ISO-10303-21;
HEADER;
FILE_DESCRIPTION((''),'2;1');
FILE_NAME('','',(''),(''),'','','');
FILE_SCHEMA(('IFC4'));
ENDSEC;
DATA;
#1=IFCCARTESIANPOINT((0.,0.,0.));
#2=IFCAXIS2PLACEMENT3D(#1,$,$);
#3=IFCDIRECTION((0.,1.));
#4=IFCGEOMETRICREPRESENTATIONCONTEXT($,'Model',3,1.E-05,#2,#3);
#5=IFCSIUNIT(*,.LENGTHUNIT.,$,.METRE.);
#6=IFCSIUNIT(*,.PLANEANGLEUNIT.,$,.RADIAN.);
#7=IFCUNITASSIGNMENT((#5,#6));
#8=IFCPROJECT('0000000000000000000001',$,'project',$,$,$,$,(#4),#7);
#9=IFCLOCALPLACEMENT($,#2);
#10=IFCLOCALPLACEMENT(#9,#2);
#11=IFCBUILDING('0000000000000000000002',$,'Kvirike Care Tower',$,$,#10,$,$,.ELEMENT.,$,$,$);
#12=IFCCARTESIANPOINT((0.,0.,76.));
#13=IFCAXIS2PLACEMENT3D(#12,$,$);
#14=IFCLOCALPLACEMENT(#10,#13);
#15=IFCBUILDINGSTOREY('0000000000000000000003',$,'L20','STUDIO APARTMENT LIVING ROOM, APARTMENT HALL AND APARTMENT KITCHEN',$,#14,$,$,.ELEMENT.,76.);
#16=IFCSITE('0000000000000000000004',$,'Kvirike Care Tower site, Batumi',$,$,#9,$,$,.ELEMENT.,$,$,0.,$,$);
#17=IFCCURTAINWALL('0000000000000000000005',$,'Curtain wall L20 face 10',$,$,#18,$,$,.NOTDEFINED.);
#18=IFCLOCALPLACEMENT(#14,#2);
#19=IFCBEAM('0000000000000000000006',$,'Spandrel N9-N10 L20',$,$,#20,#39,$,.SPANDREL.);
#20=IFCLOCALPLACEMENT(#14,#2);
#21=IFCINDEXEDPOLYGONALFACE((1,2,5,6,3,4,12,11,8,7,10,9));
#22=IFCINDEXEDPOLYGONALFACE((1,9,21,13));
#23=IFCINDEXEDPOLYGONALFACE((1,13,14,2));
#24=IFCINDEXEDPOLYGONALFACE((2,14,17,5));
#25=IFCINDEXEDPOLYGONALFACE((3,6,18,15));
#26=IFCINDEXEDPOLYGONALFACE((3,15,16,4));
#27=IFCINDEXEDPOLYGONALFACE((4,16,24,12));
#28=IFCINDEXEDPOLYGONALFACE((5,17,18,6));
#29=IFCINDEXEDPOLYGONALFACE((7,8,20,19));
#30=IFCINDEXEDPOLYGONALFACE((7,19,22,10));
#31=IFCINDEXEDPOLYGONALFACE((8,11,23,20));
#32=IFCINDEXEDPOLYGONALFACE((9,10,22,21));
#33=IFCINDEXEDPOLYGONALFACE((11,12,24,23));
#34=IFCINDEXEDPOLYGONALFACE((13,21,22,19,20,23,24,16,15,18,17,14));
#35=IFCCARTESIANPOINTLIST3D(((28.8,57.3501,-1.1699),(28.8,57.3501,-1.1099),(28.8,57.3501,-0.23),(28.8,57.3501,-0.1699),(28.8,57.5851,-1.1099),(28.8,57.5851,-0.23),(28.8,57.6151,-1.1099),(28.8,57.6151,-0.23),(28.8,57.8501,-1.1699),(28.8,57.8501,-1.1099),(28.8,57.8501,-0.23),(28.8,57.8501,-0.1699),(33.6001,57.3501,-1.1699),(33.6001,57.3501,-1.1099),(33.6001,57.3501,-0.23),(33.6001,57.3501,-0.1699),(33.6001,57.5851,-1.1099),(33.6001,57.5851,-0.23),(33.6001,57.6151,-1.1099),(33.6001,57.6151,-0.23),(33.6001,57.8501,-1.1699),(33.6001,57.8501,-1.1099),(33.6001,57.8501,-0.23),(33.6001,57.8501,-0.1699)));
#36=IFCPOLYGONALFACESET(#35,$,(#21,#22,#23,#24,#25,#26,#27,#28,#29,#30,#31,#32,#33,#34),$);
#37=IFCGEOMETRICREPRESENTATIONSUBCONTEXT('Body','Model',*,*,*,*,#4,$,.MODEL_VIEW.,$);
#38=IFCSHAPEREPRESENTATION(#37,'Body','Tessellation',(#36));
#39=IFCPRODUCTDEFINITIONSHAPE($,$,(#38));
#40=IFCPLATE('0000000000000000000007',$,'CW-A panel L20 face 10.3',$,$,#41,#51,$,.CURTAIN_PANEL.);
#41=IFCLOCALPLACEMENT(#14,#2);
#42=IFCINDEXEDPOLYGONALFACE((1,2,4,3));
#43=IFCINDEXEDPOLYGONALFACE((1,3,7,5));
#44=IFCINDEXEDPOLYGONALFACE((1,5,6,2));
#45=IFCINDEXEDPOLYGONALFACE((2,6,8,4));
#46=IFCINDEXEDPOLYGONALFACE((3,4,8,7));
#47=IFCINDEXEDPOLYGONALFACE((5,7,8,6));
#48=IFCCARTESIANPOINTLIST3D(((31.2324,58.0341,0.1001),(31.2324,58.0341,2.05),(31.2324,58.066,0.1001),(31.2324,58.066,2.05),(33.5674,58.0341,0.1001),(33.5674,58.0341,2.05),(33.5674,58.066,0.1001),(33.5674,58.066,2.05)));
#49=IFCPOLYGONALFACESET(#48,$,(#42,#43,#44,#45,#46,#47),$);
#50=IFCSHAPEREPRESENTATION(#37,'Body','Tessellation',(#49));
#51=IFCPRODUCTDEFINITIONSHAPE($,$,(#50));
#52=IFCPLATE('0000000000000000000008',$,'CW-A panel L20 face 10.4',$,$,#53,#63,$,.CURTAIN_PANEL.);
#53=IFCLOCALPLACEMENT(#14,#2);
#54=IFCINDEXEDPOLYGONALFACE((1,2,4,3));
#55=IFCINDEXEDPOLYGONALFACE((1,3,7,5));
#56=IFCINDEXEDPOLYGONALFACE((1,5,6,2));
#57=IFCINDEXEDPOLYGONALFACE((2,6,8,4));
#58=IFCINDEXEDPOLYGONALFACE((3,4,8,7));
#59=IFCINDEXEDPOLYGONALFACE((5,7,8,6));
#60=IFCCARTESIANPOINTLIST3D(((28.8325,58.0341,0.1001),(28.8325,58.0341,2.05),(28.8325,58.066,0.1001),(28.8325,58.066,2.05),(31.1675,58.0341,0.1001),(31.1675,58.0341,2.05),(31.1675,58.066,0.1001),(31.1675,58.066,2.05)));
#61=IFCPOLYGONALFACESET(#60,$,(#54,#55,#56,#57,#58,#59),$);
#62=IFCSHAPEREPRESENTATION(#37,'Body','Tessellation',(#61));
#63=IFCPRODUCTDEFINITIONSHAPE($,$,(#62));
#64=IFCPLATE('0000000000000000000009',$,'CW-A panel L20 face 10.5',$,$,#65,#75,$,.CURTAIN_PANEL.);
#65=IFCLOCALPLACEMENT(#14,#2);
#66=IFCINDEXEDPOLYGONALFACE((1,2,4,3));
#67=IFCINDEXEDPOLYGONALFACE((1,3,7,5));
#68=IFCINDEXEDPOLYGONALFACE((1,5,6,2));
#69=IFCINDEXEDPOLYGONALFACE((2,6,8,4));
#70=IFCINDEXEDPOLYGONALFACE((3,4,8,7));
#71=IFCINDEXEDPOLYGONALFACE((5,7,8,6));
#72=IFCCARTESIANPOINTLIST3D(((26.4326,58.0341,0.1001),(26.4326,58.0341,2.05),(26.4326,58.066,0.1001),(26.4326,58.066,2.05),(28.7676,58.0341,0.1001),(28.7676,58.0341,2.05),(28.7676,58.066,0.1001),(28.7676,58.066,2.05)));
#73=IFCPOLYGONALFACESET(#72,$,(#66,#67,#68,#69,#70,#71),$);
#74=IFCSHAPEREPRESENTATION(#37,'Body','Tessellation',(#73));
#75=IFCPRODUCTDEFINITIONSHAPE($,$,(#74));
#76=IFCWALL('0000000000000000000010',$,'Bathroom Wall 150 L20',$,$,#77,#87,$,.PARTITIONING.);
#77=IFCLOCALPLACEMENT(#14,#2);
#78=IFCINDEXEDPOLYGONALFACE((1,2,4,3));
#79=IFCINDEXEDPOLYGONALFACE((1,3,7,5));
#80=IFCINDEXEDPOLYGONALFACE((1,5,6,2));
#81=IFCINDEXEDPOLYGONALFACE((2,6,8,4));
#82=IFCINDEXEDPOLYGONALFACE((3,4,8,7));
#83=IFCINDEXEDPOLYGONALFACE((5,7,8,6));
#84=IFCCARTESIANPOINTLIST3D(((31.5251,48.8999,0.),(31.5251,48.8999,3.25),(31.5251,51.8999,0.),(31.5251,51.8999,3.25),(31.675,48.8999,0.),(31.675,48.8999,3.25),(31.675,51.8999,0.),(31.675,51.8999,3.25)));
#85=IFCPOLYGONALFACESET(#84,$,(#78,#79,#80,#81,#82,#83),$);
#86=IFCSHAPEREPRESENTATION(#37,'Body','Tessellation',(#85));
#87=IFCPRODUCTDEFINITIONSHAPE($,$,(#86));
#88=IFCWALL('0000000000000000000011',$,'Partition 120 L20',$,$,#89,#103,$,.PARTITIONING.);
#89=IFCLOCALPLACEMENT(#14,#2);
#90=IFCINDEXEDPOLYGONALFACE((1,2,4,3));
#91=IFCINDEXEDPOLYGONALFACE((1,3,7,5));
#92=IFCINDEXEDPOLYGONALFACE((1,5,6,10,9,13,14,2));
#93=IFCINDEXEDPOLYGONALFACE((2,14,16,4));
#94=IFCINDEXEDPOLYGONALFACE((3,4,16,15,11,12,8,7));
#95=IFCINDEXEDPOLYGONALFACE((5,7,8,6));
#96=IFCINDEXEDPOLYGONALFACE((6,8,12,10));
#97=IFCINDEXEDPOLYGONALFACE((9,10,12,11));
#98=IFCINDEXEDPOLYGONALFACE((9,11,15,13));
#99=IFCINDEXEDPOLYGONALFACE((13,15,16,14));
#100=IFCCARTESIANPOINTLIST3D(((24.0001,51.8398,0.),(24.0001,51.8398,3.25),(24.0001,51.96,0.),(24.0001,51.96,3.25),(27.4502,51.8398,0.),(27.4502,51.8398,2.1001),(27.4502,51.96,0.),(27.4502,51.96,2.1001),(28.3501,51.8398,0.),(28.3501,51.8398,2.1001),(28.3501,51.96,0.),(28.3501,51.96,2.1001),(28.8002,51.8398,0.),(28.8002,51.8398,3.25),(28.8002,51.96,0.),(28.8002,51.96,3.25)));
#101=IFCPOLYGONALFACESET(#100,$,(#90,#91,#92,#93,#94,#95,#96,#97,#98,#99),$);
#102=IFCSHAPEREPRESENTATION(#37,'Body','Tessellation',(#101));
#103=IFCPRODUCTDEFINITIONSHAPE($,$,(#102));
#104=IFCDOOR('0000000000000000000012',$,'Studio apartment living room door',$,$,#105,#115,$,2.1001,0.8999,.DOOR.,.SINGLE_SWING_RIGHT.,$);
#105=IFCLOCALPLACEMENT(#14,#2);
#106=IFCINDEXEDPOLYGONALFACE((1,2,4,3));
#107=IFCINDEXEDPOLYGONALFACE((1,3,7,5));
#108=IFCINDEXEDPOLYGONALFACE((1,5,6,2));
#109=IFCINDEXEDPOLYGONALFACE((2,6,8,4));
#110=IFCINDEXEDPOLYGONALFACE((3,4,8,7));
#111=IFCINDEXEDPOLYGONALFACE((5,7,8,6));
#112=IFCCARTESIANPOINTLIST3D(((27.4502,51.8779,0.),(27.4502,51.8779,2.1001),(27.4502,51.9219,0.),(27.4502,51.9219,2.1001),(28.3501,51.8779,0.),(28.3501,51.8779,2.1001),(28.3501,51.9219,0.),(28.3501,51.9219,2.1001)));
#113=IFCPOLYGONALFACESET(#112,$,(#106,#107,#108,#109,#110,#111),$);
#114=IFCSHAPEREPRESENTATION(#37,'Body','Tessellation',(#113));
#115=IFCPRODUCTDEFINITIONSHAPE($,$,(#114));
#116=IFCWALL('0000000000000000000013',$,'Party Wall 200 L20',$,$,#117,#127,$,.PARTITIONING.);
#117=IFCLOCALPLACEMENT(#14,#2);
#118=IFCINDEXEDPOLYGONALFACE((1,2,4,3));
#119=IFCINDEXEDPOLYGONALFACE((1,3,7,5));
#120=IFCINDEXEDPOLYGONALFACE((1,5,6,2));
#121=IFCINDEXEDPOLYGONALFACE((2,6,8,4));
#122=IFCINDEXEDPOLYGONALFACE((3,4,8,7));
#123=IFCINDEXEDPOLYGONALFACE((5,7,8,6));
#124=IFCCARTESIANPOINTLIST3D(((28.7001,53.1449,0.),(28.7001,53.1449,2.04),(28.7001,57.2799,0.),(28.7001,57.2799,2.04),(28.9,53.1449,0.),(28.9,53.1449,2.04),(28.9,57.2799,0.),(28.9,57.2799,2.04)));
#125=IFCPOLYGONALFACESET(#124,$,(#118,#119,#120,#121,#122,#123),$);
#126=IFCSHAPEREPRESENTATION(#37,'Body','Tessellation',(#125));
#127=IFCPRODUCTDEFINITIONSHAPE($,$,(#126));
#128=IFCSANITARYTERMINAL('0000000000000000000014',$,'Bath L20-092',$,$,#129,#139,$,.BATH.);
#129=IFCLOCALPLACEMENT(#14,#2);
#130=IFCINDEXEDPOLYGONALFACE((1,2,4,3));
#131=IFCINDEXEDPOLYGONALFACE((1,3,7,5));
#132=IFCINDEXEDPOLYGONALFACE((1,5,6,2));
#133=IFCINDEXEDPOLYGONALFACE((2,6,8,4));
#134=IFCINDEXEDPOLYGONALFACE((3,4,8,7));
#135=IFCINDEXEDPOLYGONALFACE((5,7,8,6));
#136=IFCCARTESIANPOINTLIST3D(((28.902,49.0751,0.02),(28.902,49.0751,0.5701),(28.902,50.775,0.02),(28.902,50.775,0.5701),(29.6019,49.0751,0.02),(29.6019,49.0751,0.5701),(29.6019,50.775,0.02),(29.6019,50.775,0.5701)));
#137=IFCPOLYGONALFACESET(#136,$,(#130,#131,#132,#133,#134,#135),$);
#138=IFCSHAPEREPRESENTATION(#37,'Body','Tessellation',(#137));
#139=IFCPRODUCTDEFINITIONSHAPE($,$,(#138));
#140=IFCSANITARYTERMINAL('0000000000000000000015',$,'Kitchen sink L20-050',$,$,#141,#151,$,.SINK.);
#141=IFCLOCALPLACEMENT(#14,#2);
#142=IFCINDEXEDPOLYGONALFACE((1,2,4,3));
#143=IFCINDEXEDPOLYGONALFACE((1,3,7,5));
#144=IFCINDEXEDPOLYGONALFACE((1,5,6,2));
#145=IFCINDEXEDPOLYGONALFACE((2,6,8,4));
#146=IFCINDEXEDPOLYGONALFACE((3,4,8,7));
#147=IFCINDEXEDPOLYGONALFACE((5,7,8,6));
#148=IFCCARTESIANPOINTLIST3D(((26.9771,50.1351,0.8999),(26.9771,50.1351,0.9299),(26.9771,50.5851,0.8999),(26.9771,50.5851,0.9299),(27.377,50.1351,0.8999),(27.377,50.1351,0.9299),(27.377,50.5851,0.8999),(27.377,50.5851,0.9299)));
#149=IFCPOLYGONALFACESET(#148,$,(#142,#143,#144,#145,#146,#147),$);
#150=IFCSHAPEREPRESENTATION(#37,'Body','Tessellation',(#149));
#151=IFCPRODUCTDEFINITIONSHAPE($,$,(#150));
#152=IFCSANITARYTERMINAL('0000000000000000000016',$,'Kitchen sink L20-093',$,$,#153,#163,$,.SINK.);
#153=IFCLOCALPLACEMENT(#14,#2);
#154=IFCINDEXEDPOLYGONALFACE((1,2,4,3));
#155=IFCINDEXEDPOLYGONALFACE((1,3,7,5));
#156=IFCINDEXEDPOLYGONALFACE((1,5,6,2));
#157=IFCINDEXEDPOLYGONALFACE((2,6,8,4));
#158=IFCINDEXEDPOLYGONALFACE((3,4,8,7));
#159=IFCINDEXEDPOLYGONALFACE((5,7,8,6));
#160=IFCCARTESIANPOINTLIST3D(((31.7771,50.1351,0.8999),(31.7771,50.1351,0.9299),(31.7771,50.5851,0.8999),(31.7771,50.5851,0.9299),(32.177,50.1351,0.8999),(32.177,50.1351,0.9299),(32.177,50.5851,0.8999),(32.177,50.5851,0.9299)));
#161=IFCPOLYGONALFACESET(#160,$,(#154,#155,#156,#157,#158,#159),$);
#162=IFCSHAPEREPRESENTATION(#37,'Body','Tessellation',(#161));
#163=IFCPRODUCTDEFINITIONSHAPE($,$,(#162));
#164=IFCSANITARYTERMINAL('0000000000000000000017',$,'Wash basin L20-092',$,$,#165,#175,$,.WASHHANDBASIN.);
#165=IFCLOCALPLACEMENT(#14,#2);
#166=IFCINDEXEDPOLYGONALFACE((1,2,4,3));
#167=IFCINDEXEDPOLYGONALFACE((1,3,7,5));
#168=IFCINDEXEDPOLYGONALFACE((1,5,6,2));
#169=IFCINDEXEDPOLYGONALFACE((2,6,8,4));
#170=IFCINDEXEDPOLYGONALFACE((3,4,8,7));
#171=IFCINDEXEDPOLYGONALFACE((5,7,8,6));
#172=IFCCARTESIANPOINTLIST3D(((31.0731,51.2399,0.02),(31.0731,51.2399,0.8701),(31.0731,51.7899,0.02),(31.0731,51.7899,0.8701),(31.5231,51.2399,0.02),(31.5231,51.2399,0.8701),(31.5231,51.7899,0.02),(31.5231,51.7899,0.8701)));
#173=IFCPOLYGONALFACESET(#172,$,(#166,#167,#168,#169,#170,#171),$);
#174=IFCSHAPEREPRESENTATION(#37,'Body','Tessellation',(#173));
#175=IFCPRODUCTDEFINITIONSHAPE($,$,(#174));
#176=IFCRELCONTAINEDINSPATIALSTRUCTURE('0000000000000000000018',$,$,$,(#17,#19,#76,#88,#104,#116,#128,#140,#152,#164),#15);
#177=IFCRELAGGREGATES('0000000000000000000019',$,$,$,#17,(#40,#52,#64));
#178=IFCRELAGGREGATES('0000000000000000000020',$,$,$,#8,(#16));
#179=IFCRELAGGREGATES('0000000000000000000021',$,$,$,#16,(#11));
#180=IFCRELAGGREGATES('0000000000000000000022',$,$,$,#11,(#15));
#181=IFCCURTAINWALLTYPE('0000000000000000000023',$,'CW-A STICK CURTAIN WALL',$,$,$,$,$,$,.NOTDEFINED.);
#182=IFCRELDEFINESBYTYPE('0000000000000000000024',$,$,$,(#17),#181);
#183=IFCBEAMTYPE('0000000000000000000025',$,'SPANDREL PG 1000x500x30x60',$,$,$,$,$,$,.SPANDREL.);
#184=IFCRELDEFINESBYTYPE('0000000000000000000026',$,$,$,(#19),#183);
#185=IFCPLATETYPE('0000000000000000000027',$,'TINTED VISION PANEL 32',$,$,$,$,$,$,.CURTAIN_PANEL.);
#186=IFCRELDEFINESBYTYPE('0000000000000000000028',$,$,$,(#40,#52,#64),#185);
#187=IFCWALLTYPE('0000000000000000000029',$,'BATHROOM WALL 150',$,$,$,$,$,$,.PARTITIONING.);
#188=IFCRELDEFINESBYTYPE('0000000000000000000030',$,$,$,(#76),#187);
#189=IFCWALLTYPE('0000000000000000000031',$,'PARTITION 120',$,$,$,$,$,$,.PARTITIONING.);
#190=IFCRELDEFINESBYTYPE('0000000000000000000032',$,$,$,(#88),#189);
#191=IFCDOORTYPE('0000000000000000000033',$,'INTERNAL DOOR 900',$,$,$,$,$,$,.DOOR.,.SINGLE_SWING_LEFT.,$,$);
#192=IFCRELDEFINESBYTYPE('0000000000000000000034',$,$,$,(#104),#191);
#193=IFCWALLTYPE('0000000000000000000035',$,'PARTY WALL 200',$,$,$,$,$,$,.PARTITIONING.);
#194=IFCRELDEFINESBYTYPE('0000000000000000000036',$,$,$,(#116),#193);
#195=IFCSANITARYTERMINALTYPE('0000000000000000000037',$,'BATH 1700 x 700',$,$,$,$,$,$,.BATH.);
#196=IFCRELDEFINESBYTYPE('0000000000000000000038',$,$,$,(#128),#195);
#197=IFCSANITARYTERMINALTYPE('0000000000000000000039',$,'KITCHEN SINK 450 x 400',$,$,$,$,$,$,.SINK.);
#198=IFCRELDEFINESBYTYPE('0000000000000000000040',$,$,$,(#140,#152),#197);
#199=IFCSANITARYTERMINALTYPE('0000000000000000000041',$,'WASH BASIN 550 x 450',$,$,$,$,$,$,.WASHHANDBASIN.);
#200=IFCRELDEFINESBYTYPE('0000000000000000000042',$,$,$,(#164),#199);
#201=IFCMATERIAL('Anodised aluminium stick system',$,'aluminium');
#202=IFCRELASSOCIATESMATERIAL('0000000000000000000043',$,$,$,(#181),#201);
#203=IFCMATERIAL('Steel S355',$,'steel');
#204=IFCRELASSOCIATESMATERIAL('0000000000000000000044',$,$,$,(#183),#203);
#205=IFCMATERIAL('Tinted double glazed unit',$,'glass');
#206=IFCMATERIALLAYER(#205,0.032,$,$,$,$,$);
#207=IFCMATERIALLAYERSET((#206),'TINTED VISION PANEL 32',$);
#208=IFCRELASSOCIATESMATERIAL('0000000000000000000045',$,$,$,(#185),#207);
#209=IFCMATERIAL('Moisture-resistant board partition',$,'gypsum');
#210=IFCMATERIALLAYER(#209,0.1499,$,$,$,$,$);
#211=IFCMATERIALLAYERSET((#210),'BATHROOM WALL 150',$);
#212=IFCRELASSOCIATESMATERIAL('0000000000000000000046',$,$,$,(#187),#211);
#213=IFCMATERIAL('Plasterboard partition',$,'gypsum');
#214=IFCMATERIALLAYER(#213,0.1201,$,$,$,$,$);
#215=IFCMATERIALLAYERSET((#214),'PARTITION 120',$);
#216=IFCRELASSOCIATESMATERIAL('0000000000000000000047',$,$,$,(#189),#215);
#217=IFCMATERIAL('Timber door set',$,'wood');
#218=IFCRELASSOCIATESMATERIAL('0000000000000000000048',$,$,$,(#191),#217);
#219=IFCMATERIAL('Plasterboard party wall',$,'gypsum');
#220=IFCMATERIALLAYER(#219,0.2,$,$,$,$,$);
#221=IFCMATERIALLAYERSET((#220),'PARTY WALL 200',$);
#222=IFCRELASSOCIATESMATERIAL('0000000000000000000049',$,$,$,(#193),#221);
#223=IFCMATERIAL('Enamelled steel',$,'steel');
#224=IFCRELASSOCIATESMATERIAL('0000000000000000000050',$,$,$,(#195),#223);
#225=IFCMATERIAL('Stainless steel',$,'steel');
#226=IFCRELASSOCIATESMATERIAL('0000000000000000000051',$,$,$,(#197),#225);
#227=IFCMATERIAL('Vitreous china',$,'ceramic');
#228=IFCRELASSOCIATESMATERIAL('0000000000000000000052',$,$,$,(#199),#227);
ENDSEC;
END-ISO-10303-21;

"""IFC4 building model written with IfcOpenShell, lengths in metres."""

from ifc_helpers import new_model, si_unit, direction, frame, frame_2d, origin, origin_2d, place, context, subcontext, project, spatial, rectangle, i_section, extrude, material, layer, layer_set, material_profile, profile_set, type_object, element, fill, aggregate, save


model = new_model("IFC4")

# Units and contexts
model_context = context("Model", 3, precision=1e-05, world=origin(), true_north=direction((0.0, 1.0)))
body_context = subcontext(model_context, "Body", "Model", "MODEL_VIEW")
ifc_project = project(units=[si_unit("LENGTHUNIT", "METRE"), si_unit("PLANEANGLEUNIT", "RADIAN")], contexts=[model_context])

# Site, building, storey
site_placement = place(None, origin())
site = spatial("IfcSite", under=ifc_project, at=site_placement, Name="Kvirike Care Tower site, Batumi", CompositionType="ELEMENT", RefElevation=0.0)
building_placement = place(site_placement, origin())
building = spatial("IfcBuilding", under=site, at=building_placement, Name="Kvirike Care Tower", CompositionType="ELEMENT")
storey_placement = place(building_placement, frame((0.0, 0.0, 76.0)))
storey = spatial("IfcBuildingStorey", under=building, at=storey_placement, Name="L20", Description="STUDIO APARTMENT LIVING ROOM, APARTMENT HALL AND APARTMENT KITCHEN", CompositionType="ELEMENT", Elevation=76.0)

# Curtain wall
ifc_material_1 = material(Name="Anodised aluminium stick system", Category="aluminium")
curtain_wall_type = type_object("IfcCurtainWallType", Name="CW-A STICK CURTAIN WALL", PredefinedType="NOTDEFINED", material=ifc_material_1)
curtain_wall_placement = place(storey_placement, origin())
curtain_wall = element("IfcCurtainWall", 1, at=curtain_wall_placement, inside=storey, type_object=curtain_wall_type, Name="Curtain wall L20 face 10", PredefinedType="NOTDEFINED")

# Beam
ifc_material_2 = material(Name="Steel S355", Category="steel")
ifc_material_profile_1 = material_profile(ifc_material_2, i_section(OverallWidth=0.5, OverallDepth=1.0, WebThickness=0.03, FlangeThickness=0.0601, at=origin_2d()), Name="PG 1000x500x30x60")
ifc_profile_set_1 = profile_set([ifc_material_profile_1], Name="Steel S355")
beam_type_1 = type_object("IfcBeamType", Name="SPANDREL PG 1000x500x30x60", PredefinedType="SPANDREL", material=ifc_profile_set_1)
beam_1_placement = place(storey_placement, frame((28.8, 57.6001, -0.6699), z_axis=(1.0, 0.0, 0.0), x_axis=(0.0, 1.0, 0.0)))
element("IfcBeam", 2, at=beam_1_placement, inside=storey, type_object=beam_type_1, Name="Spandrel N9-N10 L20", PredefinedType="SPANDREL", context=body_context, shape_type="SweptSolid", body=[
    extrude(i_section(OverallWidth=0.5, OverallDepth=1.0, WebThickness=0.03, FlangeThickness=0.0601, at=origin_2d()), origin(), (0.0, 0.0, 1.0), 4.8),
])

# Plates
ifc_material_3 = material(Name="Tinted double glazed unit", Category="glass")
ifc_layer_1 = layer(ifc_material_3, 0.032)
ifc_layer_set_1 = layer_set([ifc_layer_1], Name="TINTED VISION PANEL 32")
plate_type = type_object("IfcPlateType", Name="TINTED VISION PANEL 32", PredefinedType="CURTAIN_PANEL", material=ifc_layer_set_1)
plate_1_placement = place(storey_placement, frame((32.3999, 58.05, 0.1001), z_axis=(0.0, 0.0, 1.0), x_axis=(-1.0, 0.0, 0.0)))
plate_1 = element("IfcPlate", 3, at=plate_1_placement, type_object=plate_type, Name="CW-A panel L20 face 10.3", PredefinedType="CURTAIN_PANEL", context=body_context, shape_type="SweptSolid", body=[
    extrude(rectangle(XDim=2.335, YDim=0.032, at=origin_2d()), origin(), (0.0, 0.0, 1.0), 1.95),
])
plate_2_placement = place(storey_placement, frame((30.0, 58.05, 0.1001), z_axis=(0.0, 0.0, 1.0), x_axis=(-1.0, 0.0, 0.0)))
plate_2 = element("IfcPlate", 4, at=plate_2_placement, type_object=plate_type, Name="CW-A panel L20 face 10.4", PredefinedType="CURTAIN_PANEL", context=body_context, shape_type="SweptSolid", body=[
    extrude(rectangle(XDim=2.335, YDim=0.032, at=origin_2d()), origin(), (0.0, 0.0, 1.0), 1.95),
])
plate_3_placement = place(storey_placement, frame((27.6001, 58.05, 0.1001), z_axis=(0.0, 0.0, 1.0), x_axis=(-1.0, 0.0, 0.0)))
plate_3 = element("IfcPlate", 5, at=plate_3_placement, type_object=plate_type, Name="CW-A panel L20 face 10.5", PredefinedType="CURTAIN_PANEL", context=body_context, shape_type="SweptSolid", body=[
    extrude(rectangle(XDim=2.335, YDim=0.032, at=origin_2d()), origin(), (0.0, 0.0, 1.0), 1.95),
])
aggregate(curtain_wall, [plate_1, plate_2, plate_3])

# Wall
ifc_material_4 = material(Name="Moisture-resistant board partition", Category="gypsum")
ifc_layer_2 = layer(ifc_material_4, 0.1499)
ifc_layer_set_2 = layer_set([ifc_layer_2], Name="BATHROOM WALL 150")
wall_type_1 = type_object("IfcWallType", Name="BATHROOM WALL 150", PredefinedType="PARTITIONING", material=ifc_layer_set_2)
wall_1_placement = place(storey_placement, frame((31.6001, 51.8999, 0.0), z_axis=(0.0, 0.0, 1.0), x_axis=(0.0, -1.0, 0.0)))
element("IfcWall", 6, at=wall_1_placement, inside=storey, type_object=wall_type_1, Name="Bathroom Wall 150 L20", PredefinedType="PARTITIONING", context=body_context, shape_type="SweptSolid", body=[
    extrude(rectangle(XDim=3.0, YDim=0.1499, at=frame_2d((1.5, 0.0))), origin(), (0.0, 0.0, 1.0), 3.25),
])

# Wall, opening, door
ifc_material_5 = material(Name="Plasterboard partition", Category="gypsum")
ifc_layer_3 = layer(ifc_material_5, 0.1201)
ifc_layer_set_3 = layer_set([ifc_layer_3], Name="PARTITION 120")
wall_type_2 = type_object("IfcWallType", Name="PARTITION 120", PredefinedType="PARTITIONING", material=ifc_layer_set_3)
wall_2_placement = place(storey_placement, frame((28.8, 51.8999, 0.0), z_axis=(0.0, 0.0, 1.0), x_axis=(-1.0, 0.0, 0.0)))
wall_2 = element("IfcWall", 7, at=wall_2_placement, inside=storey, type_object=wall_type_2, Name="Partition 120 L20", PredefinedType="PARTITIONING", context=body_context, shape_type="SweptSolid", body=[
    extrude(rectangle(XDim=4.8, YDim=0.1201, at=frame_2d((2.3999, 0.0))), origin(), (0.0, 0.0, 1.0), 3.25),
])
opening_placement = place(wall_2_placement, frame((0.45, 0.0, 0.0)))
opening = element("IfcOpeningElement", 8, at=opening_placement, cuts=wall_2, PredefinedType="OPENING", context=body_context, shape_type="SweptSolid", body=[
    extrude(rectangle(XDim=0.8999, YDim=2.1001, at=frame_2d((0.45, 1.05))), frame((0.0, 0.0706, 0.0), z_axis=(0.0, -1.0, 0.0), x_axis=(1.0, 0.0, 0.0)), (0.0, 0.0, 1.0), 0.1411),
])
ifc_material_6 = material(Name="Timber door set", Category="wood")
door_type = type_object("IfcDoorType", Name="INTERNAL DOOR 900", OperationType="SINGLE_SWING_LEFT", PredefinedType="DOOR", material=ifc_material_6)
door_placement = place(opening_placement, origin())
door = element("IfcDoor", 9, at=door_placement, inside=storey, type_object=door_type, Name="Studio apartment living room door", OperationType="SINGLE_SWING_RIGHT", OverallHeight=2.1001, OverallWidth=0.8999, PredefinedType="DOOR", context=body_context, shape_type="SweptSolid", body=[
    extrude(rectangle(XDim=0.8999, YDim=2.1001, at=frame_2d((0.45, 1.05))), frame((0.0, 0.022, 0.0), z_axis=(0.0, -1.0, 0.0), x_axis=(1.0, 0.0, 0.0)), (0.0, 0.0, 1.0), 0.0439),
])
fill(opening, door)

# Wall
ifc_material_7 = material(Name="Plasterboard party wall", Category="gypsum")
ifc_layer_4 = layer(ifc_material_7, 0.2)
ifc_layer_set_4 = layer_set([ifc_layer_4], Name="PARTY WALL 200")
wall_type_3 = type_object("IfcWallType", Name="PARTY WALL 200", PredefinedType="PARTITIONING", material=ifc_layer_set_4)
wall_3_placement = place(storey_placement, frame((28.8, 53.145, 0.0), z_axis=(0.0, 0.0, 1.0), x_axis=(0.0, 1.0, 0.0)))
element("IfcWall", 10, at=wall_3_placement, inside=storey, type_object=wall_type_3, Name="Party Wall 200 L20", PredefinedType="PARTITIONING", context=body_context, shape_type="SweptSolid", body=[
    extrude(rectangle(XDim=4.135, YDim=0.2, at=frame_2d((2.0674, 0.0))), origin(), (0.0, 0.0, 1.0), 2.04),
])

# Sanitary terminals
ifc_material_8 = material(Name="Enamelled steel", Category="steel")
sanitary_terminal_type_1 = type_object("IfcSanitaryTerminalType", Name="BATH 1700 x 700", PredefinedType="BATH", material=ifc_material_8)
sanitary_terminal_1_placement = place(storey_placement, frame((29.252, 49.925, 0.02), z_axis=(0.0, 0.0, 1.0), x_axis=(0.0, 1.0, 0.0)))
element("IfcSanitaryTerminal", 11, at=sanitary_terminal_1_placement, inside=storey, type_object=sanitary_terminal_type_1, Name="Bath L20-092", PredefinedType="BATH", context=body_context, shape_type="SweptSolid", body=[
    extrude(rectangle(XDim=1.7, YDim=0.7, at=origin_2d()), origin(), (0.0, 0.0, 1.0), 0.55),
])
ifc_material_9 = material(Name="Stainless steel", Category="steel")
sanitary_terminal_type_2 = type_object("IfcSanitaryTerminalType", Name="KITCHEN SINK 450 x 400", PredefinedType="SINK", material=ifc_material_9)
for number, where, z_axis, x_axis, name in (
    (12, (27.177, 50.3601, 0.8999), (0.0, 0.0, 1.0), (0.0, 1.0, 0.0), "Kitchen sink L20-050"),
    (13, (31.9771, 50.3601, 0.8999), (0.0, 0.0, 1.0), (0.0, 1.0, 0.0), "Kitchen sink L20-093"),
):
    element("IfcSanitaryTerminal", number, at=place(storey_placement, frame(where, z_axis=z_axis, x_axis=x_axis)), inside=storey, type_object=sanitary_terminal_type_2, Name=name, PredefinedType="SINK", context=body_context, shape_type="SweptSolid", body=[
        extrude(rectangle(XDim=0.45, YDim=0.3999, at=origin_2d()), origin(), (0.0, 0.0, 1.0), 0.03),
    ])
ifc_material_10 = material(Name="Vitreous china", Category="ceramic")
sanitary_terminal_type_3 = type_object("IfcSanitaryTerminalType", Name="WASH BASIN 550 x 450", PredefinedType="WASHHANDBASIN", material=ifc_material_10)
sanitary_terminal_2_placement = place(storey_placement, frame((31.2981, 51.5149, 0.02), z_axis=(0.0, 0.0, 1.0), x_axis=(0.0, -1.0, 0.0)))
element("IfcSanitaryTerminal", 14, at=sanitary_terminal_2_placement, inside=storey, type_object=sanitary_terminal_type_3, Name="Wash basin L20-092", PredefinedType="WASHHANDBASIN", context=body_context, shape_type="SweptSolid", body=[
    extrude(rectangle(XDim=0.55, YDim=0.45, at=origin_2d()), origin(), (0.0, 0.0, 1.0), 0.8501),
])

save(model, "model.ifc")
